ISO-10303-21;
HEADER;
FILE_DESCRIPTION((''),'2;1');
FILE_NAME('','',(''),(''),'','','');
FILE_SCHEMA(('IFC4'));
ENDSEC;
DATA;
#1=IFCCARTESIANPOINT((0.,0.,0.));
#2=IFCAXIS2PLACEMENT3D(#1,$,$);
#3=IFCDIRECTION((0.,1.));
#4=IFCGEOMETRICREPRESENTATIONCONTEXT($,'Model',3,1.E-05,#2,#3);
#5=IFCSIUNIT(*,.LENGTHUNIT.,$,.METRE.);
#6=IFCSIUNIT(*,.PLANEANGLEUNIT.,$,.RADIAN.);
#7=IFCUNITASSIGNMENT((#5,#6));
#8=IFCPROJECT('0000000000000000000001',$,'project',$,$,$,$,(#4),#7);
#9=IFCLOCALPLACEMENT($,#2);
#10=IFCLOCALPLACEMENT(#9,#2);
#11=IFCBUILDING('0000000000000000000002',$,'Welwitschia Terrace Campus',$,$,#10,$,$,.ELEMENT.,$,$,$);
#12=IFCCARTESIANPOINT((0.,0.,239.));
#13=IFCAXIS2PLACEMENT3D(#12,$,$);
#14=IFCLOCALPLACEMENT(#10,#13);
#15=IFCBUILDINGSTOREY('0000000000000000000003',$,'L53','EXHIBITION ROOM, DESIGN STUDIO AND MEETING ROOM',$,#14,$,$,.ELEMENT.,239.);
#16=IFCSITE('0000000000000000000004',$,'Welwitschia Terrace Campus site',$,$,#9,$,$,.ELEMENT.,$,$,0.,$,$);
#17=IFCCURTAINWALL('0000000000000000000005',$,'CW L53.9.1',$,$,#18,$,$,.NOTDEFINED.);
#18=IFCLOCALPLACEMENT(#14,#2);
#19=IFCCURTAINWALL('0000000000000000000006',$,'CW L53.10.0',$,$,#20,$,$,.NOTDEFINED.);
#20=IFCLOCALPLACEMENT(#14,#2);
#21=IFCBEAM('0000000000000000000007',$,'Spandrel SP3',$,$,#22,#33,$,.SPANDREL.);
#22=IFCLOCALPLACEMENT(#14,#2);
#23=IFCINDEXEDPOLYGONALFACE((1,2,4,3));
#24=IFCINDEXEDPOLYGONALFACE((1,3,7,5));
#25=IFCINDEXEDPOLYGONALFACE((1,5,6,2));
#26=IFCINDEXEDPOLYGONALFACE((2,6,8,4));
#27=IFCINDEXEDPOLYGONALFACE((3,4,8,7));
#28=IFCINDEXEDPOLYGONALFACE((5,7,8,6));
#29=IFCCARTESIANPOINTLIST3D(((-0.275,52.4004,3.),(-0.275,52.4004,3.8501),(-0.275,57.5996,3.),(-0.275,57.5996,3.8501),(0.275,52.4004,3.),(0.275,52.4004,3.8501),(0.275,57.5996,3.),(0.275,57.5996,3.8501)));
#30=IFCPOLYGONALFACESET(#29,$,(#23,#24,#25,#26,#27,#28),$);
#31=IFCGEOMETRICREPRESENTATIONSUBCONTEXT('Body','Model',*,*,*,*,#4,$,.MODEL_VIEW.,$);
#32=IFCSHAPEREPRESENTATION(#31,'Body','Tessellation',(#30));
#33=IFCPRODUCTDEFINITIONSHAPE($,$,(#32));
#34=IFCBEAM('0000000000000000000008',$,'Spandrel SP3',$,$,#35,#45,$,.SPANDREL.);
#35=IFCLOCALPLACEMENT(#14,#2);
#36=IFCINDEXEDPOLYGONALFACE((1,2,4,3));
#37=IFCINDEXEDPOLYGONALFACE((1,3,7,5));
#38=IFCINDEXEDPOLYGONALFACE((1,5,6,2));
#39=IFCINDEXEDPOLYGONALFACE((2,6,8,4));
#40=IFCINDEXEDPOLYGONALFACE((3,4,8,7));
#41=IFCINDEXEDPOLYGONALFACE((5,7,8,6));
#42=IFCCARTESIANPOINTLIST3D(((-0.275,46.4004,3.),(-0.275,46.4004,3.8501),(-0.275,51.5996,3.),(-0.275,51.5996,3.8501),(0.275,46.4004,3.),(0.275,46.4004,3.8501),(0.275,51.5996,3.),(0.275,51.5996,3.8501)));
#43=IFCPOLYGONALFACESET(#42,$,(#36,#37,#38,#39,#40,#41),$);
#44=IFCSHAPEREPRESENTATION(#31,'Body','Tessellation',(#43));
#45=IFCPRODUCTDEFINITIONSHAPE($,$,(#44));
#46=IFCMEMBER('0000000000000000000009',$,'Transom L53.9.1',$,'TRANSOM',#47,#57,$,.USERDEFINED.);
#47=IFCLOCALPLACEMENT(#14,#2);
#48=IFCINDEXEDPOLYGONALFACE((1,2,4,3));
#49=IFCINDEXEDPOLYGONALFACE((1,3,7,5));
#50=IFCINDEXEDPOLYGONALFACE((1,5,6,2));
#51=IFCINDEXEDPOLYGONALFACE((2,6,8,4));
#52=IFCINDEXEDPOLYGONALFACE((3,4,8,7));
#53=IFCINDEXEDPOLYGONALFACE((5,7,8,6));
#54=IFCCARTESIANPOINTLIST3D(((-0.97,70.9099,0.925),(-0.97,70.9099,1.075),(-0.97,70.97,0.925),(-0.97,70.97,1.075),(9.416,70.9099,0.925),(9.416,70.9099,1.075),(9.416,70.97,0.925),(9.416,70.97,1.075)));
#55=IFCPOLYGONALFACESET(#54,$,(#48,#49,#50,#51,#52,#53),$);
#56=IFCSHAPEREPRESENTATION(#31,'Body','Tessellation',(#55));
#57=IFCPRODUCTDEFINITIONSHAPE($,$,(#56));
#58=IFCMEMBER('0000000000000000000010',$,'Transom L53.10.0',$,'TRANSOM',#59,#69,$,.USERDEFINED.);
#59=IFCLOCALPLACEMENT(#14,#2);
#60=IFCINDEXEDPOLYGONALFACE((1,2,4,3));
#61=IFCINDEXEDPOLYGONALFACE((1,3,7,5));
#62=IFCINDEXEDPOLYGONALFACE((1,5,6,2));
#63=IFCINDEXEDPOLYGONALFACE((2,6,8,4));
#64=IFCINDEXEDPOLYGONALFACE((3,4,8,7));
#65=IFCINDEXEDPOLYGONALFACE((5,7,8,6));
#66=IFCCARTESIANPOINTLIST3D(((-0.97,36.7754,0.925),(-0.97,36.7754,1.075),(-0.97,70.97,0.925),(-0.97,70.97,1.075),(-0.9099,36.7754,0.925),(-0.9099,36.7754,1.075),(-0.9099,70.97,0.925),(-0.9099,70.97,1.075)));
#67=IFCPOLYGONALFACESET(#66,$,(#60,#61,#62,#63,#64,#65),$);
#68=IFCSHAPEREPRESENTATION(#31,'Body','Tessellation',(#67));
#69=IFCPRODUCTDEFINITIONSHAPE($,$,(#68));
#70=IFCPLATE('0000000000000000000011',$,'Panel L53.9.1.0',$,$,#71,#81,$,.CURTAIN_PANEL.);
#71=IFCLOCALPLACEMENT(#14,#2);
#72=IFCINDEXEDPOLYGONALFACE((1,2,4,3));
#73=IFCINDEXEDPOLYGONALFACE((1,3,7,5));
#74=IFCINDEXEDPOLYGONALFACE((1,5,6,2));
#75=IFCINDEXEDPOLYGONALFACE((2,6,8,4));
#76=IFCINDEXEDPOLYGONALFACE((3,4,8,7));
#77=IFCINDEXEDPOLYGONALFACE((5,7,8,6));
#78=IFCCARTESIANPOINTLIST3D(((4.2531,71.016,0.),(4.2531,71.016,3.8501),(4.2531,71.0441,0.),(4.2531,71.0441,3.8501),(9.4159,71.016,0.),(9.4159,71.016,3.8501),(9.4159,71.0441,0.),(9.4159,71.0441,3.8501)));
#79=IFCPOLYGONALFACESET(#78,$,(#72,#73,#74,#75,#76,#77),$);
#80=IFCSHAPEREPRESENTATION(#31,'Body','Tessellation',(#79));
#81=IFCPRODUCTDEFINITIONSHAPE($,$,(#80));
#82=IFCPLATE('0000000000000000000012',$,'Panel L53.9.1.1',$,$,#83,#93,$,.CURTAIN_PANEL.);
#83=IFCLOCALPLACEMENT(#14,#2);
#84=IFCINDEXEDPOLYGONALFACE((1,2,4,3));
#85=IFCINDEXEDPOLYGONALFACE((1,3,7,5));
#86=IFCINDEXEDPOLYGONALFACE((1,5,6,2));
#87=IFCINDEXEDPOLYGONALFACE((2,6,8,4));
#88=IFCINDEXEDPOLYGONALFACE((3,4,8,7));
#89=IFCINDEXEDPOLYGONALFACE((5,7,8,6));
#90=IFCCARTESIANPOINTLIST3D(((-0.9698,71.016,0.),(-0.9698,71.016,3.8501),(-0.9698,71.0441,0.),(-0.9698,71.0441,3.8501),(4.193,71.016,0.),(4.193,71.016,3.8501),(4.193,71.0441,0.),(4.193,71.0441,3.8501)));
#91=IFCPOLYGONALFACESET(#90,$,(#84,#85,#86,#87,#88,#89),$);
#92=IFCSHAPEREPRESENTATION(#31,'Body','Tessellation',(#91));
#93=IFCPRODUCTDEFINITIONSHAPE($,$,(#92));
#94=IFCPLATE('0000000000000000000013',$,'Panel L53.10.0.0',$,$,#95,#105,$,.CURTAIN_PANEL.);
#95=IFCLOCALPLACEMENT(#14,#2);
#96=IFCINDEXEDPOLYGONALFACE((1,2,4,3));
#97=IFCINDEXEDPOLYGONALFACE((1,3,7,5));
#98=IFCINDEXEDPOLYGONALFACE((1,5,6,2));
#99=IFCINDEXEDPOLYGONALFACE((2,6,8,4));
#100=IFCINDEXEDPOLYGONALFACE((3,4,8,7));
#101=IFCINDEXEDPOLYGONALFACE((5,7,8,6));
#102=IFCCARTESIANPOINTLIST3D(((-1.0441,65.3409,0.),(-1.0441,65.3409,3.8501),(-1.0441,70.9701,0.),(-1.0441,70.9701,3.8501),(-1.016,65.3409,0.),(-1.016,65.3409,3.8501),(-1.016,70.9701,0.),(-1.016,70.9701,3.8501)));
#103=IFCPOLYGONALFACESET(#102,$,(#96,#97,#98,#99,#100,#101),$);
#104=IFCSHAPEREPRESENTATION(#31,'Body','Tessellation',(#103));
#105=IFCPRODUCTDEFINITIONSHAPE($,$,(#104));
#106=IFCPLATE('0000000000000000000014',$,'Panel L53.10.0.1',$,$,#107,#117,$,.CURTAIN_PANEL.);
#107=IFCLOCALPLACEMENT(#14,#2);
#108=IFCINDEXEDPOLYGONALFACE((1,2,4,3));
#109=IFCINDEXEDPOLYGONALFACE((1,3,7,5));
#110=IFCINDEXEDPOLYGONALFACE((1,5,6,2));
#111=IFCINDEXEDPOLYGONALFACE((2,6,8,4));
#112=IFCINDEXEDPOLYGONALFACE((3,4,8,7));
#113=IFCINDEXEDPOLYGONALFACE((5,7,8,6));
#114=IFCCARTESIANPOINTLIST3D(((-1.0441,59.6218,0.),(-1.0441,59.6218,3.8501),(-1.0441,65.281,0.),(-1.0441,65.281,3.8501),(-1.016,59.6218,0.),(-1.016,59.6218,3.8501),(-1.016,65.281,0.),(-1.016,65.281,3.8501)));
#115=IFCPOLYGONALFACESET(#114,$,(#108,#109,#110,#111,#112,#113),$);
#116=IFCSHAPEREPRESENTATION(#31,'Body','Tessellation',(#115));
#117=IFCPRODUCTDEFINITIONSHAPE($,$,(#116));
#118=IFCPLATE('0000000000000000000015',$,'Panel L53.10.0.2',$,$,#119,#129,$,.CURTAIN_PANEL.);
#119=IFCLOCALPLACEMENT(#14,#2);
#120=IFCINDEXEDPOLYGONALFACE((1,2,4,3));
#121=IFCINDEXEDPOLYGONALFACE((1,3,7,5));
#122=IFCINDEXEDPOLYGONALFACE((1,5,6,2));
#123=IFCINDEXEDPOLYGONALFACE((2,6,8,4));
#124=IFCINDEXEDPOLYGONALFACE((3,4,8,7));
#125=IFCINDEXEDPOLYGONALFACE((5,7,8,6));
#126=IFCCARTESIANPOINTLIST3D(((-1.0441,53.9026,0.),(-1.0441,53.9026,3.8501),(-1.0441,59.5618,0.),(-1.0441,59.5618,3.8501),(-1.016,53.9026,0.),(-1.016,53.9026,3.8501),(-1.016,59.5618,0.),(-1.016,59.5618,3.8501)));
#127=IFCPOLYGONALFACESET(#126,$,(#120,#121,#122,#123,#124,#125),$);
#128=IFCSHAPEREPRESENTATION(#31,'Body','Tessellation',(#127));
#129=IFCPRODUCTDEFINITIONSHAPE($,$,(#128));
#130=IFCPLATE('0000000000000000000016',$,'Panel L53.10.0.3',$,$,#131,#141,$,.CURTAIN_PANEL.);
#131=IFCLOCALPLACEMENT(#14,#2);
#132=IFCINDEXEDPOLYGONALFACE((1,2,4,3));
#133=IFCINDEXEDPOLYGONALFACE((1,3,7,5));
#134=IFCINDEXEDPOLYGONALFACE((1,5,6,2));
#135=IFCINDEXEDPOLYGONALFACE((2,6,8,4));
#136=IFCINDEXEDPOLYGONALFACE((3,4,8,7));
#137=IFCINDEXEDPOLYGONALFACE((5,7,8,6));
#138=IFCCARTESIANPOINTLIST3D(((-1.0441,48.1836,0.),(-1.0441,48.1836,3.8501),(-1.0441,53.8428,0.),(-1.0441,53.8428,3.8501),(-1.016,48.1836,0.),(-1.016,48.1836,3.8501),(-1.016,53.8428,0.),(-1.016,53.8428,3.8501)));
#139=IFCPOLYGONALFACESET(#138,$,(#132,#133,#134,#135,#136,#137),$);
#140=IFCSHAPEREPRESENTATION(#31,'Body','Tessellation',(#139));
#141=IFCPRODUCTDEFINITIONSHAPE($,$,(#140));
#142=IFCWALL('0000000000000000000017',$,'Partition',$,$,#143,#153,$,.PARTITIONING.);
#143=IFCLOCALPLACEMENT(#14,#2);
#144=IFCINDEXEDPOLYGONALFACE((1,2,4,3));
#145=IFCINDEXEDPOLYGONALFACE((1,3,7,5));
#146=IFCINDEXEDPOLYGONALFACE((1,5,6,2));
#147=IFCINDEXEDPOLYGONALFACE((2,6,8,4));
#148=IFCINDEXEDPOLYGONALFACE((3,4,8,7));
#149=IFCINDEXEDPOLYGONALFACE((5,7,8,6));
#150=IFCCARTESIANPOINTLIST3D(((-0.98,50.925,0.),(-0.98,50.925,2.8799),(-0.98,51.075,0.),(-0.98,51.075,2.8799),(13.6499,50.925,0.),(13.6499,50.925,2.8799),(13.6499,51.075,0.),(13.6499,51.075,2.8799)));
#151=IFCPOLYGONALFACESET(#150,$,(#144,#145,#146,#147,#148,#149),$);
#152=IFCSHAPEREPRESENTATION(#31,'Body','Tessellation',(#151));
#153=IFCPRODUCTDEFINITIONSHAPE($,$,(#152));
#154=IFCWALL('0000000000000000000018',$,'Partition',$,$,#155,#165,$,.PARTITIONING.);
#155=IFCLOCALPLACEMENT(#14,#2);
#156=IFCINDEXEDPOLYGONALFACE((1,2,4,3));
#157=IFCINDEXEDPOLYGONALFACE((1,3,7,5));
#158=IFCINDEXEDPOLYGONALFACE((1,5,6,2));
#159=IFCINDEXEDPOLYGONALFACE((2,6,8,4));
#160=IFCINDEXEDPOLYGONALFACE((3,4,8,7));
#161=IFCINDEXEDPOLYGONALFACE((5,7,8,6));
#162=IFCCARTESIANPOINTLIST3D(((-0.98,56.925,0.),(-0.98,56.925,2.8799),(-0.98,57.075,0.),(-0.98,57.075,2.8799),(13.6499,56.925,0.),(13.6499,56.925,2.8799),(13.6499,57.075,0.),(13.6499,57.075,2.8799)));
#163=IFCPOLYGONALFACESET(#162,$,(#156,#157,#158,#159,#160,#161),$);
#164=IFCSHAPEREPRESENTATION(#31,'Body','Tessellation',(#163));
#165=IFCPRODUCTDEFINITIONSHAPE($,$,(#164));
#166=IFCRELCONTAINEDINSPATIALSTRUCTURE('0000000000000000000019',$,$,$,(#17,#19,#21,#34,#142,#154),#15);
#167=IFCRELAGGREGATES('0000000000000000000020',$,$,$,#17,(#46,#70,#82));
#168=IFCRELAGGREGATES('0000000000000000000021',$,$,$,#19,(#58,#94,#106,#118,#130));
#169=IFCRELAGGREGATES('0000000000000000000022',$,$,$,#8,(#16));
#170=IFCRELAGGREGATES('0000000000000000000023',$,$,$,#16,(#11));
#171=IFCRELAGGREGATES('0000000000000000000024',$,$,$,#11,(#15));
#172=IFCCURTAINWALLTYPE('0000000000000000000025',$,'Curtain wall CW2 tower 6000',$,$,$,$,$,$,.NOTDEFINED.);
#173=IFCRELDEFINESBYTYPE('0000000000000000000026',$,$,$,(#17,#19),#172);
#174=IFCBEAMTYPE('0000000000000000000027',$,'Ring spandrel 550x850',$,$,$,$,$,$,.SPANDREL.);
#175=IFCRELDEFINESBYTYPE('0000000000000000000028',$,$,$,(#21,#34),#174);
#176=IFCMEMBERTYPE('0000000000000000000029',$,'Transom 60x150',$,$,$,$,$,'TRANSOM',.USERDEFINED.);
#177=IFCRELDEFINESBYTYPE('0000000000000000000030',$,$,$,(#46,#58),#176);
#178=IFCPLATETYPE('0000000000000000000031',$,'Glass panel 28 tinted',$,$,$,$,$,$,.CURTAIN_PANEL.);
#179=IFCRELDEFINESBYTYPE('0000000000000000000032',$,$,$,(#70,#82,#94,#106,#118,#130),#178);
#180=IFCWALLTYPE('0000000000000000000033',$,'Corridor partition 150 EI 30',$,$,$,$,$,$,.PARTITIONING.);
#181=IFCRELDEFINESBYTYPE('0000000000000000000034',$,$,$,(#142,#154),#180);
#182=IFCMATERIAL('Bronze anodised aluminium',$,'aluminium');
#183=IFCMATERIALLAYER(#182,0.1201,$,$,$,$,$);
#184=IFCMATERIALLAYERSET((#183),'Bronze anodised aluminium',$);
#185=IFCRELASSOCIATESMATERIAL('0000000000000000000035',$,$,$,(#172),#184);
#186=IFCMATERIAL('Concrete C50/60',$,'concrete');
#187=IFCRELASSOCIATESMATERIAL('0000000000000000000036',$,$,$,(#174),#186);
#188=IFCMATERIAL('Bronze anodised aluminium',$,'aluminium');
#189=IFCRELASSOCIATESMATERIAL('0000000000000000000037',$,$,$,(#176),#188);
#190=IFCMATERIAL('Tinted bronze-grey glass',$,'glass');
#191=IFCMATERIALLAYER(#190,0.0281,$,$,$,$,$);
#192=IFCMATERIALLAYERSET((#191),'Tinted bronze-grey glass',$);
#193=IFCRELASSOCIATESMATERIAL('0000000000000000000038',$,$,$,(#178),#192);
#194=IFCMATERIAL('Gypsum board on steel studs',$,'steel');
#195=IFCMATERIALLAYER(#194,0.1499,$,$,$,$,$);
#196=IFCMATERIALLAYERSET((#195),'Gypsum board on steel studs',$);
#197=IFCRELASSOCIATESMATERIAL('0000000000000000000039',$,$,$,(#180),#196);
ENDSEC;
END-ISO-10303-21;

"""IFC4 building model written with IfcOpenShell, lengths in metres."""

from ifc_helpers import new_model, si_unit, direction, frame, frame_2d, origin, origin_2d, place, context, subcontext, project, spatial, rectangle, extrude, material, layer, layer_set, material_profile, profile_set, type_object, element, aggregate, save


model = new_model("IFC4")

# Units and contexts
model_context = context("Model", 3, precision=1e-05, world=origin(), true_north=direction((0.0, 1.0)))
body_context = subcontext(model_context, "Body", "Model", "MODEL_VIEW")
ifc_project = project(units=[si_unit("LENGTHUNIT", "METRE"), si_unit("PLANEANGLEUNIT", "RADIAN")], contexts=[model_context])

# Site, building, storey
site_placement = place(None, origin())
site = spatial("IfcSite", under=ifc_project, at=site_placement, Name="Welwitschia Terrace Campus site", CompositionType="ELEMENT", RefElevation=0.0)
building_placement = place(site_placement, origin())
building = spatial("IfcBuilding", under=site, at=building_placement, Name="Welwitschia Terrace Campus", CompositionType="ELEMENT")
storey_placement = place(building_placement, frame((0.0, 0.0, 239.0)))
storey = spatial("IfcBuildingStorey", under=building, at=storey_placement, Name="L53", Description="EXHIBITION ROOM, DESIGN STUDIO AND MEETING ROOM", CompositionType="ELEMENT", Elevation=239.0)

# Curtain walls
ifc_material_1 = material(Name="Bronze anodised aluminium", Category="aluminium")
ifc_layer_1 = layer(ifc_material_1, 0.1201)
ifc_layer_set_1 = layer_set([ifc_layer_1], Name="Bronze anodised aluminium")
curtain_wall_type = type_object("IfcCurtainWallType", Name="Curtain wall CW2 tower 6000", PredefinedType="NOTDEFINED", material=ifc_layer_set_1)
curtain_wall_1_placement = place(storey_placement, origin())
curtain_wall_1 = element("IfcCurtainWall", 1, at=curtain_wall_1_placement, inside=storey, type_object=curtain_wall_type, Name="CW L53.9.1", PredefinedType="NOTDEFINED")
curtain_wall_2_placement = place(storey_placement, origin())
curtain_wall_2 = element("IfcCurtainWall", 2, at=curtain_wall_2_placement, inside=storey, type_object=curtain_wall_type, Name="CW L53.10.0", PredefinedType="NOTDEFINED")

# Beams
ifc_material_2 = material(Name="Concrete C50/60", Category="concrete")
ifc_material_profile_1 = material_profile(ifc_material_2, rectangle(XDim=0.55, YDim=0.8501, at=origin_2d()))
ifc_profile_set_1 = profile_set([ifc_material_profile_1], Name="Concrete C50/60")
beam_type_1 = type_object("IfcBeamType", Name="Ring spandrel 550x850", PredefinedType="SPANDREL", material=ifc_profile_set_1)
for number, where, z_axis, x_axis, name in (
    (3, (0.0, 57.5996, 3.425), (0.0, -1.0, 0.0), (1.0, 0.0, 0.0), "Spandrel SP3"),
    (4, (0.0, 51.5996, 3.425), (0.0, -1.0, 0.0), (1.0, 0.0, 0.0), "Spandrel SP3"),
):
    element("IfcBeam", number, at=place(storey_placement, frame(where, z_axis=z_axis, x_axis=x_axis)), inside=storey, type_object=beam_type_1, Name=name, PredefinedType="SPANDREL", context=body_context, shape_type="SweptSolid", body=[
        extrude(rectangle(XDim=0.55, YDim=0.8501, at=origin_2d()), origin(), (0.0, 0.0, 1.0), 5.1992),
    ])

# Members
ifc_material_3 = material(Name="Bronze anodised aluminium", Category="aluminium")
ifc_material_profile_2 = material_profile(ifc_material_3, rectangle(XDim=0.0601, YDim=0.1499, at=origin_2d()))
ifc_profile_set_2 = profile_set([ifc_material_profile_2], Name="Bronze anodised aluminium")
member_type_1 = type_object("IfcMemberType", Name="Transom 60x150", ElementType="TRANSOM", PredefinedType="USERDEFINED", material=ifc_profile_set_2)
member_1_placement = place(storey_placement, frame((9.416, 70.9399, 1.0), z_axis=(-1.0, 0.0, 0.0), x_axis=(0.0, -1.0, 0.0)))
member_1 = element("IfcMember", 5, at=member_1_placement, type_object=member_type_1, Name="Transom L53.9.1", ObjectType="TRANSOM", PredefinedType="USERDEFINED", context=body_context, shape_type="SweptSolid", body=[
    extrude(rectangle(XDim=0.0601, YDim=0.1499, at=origin_2d()), origin(), (0.0, 0.0, 1.0), 10.386),
])
member_2_placement = place(storey_placement, frame((-0.9399, 70.97, 1.0), z_axis=(0.0, -1.0, 0.0), x_axis=(1.0, 0.0, 0.0)))
member_2 = element("IfcMember", 6, at=member_2_placement, type_object=member_type_1, Name="Transom L53.10.0", ObjectType="TRANSOM", PredefinedType="USERDEFINED", context=body_context, shape_type="SweptSolid", body=[
    extrude(rectangle(XDim=0.0601, YDim=0.1499, at=origin_2d()), origin(), (0.0, 0.0, 1.0), 34.1946),
])

# Plates
ifc_material_4 = material(Name="Tinted bronze-grey glass", Category="glass")
ifc_layer_2 = layer(ifc_material_4, 0.0281)
ifc_layer_set_2 = layer_set([ifc_layer_2], Name="Tinted bronze-grey glass")
plate_type = type_object("IfcPlateType", Name="Glass panel 28 tinted", PredefinedType="CURTAIN_PANEL", material=ifc_layer_set_2)
plate_1_placement = place(storey_placement, frame((6.8345, 71.03, 0.0), z_axis=(0.0, 0.0, 1.0), x_axis=(-1.0, 0.0, 0.0)))
plate_1 = element("IfcPlate", 7, at=plate_1_placement, type_object=plate_type, Name="Panel L53.9.1.0", PredefinedType="CURTAIN_PANEL", context=body_context, shape_type="SweptSolid", body=[
    extrude(rectangle(XDim=5.1628, YDim=0.0281, at=origin_2d()), origin(), (0.0, 0.0, 1.0), 3.8501),
])
plate_2_placement = place(storey_placement, frame((1.6116, 71.03, 0.0), z_axis=(0.0, 0.0, 1.0), x_axis=(-1.0, 0.0, 0.0)))
plate_2 = element("IfcPlate", 8, at=plate_2_placement, type_object=plate_type, Name="Panel L53.9.1.1", PredefinedType="CURTAIN_PANEL", context=body_context, shape_type="SweptSolid", body=[
    extrude(rectangle(XDim=5.1628, YDim=0.0281, at=origin_2d()), origin(), (0.0, 0.0, 1.0), 3.8501),
])
aggregate(curtain_wall_1, [member_1, plate_1, plate_2])
plate_3_placement = place(storey_placement, frame((-1.03, 68.1555, 0.0), z_axis=(0.0, 0.0, 1.0), x_axis=(0.0, -1.0, 0.0)))
plate_3 = element("IfcPlate", 9, at=plate_3_placement, type_object=plate_type, Name="Panel L53.10.0.0", PredefinedType="CURTAIN_PANEL", context=body_context, shape_type="SweptSolid", body=[
    extrude(rectangle(XDim=5.6292, YDim=0.0281, at=origin_2d()), origin(), (0.0, 0.0, 1.0), 3.8501),
])
plate_4_placement = place(storey_placement, frame((-1.03, 62.4514, 0.0), z_axis=(0.0, 0.0, 1.0), x_axis=(0.0, -1.0, 0.0)))
plate_4 = element("IfcPlate", 10, at=plate_4_placement, type_object=plate_type, Name="Panel L53.10.0.1", PredefinedType="CURTAIN_PANEL", context=body_context, shape_type="SweptSolid", body=[
    extrude(rectangle(XDim=5.6592, YDim=0.0281, at=origin_2d()), origin(), (0.0, 0.0, 1.0), 3.8501),
])
plate_5_placement = place(storey_placement, frame((-1.03, 56.7322, 0.0), z_axis=(0.0, 0.0, 1.0), x_axis=(0.0, -1.0, 0.0)))
plate_5 = element("IfcPlate", 11, at=plate_5_placement, type_object=plate_type, Name="Panel L53.10.0.2", PredefinedType="CURTAIN_PANEL", context=body_context, shape_type="SweptSolid", body=[
    extrude(rectangle(XDim=5.6592, YDim=0.0281, at=origin_2d()), origin(), (0.0, 0.0, 1.0), 3.8501),
])
plate_6_placement = place(storey_placement, frame((-1.03, 51.0132, 0.0), z_axis=(0.0, 0.0, 1.0), x_axis=(0.0, -1.0, 0.0)))
plate_6 = element("IfcPlate", 12, at=plate_6_placement, type_object=plate_type, Name="Panel L53.10.0.3", PredefinedType="CURTAIN_PANEL", context=body_context, shape_type="SweptSolid", body=[
    extrude(rectangle(XDim=5.6592, YDim=0.0281, at=origin_2d()), origin(), (0.0, 0.0, 1.0), 3.8501),
])
aggregate(curtain_wall_2, [member_2, plate_3, plate_4, plate_5, plate_6])

# Walls
ifc_material_5 = material(Name="Gypsum board on steel studs", Category="steel")
ifc_layer_3 = layer(ifc_material_5, 0.1499)
ifc_layer_set_3 = layer_set([ifc_layer_3], Name="Gypsum board on steel studs")
wall_type = type_object("IfcWallType", Name="Corridor partition 150 EI 30", PredefinedType="PARTITIONING", material=ifc_layer_set_3)
for number, where, z_axis, x_axis, name in (
    (13, (-0.98, 51.0, 0.0), (0.0, 0.0, 1.0), (1.0, 0.0, 0.0), "Partition"),
    (14, (-0.98, 57.0, 0.0), (0.0, 0.0, 1.0), (1.0, 0.0, 0.0), "Partition"),
):
    element("IfcWall", number, at=place(storey_placement, frame(where, z_axis=z_axis, x_axis=x_axis)), inside=storey, type_object=wall_type, Name=name, PredefinedType="PARTITIONING", context=body_context, shape_type="SweptSolid", body=[
        extrude(rectangle(XDim=14.6299, YDim=0.1499, at=frame_2d((7.3149, 0.0))), origin(), (0.0, 0.0, 1.0), 2.8799),
    ])

save(model, "model.ifc")
